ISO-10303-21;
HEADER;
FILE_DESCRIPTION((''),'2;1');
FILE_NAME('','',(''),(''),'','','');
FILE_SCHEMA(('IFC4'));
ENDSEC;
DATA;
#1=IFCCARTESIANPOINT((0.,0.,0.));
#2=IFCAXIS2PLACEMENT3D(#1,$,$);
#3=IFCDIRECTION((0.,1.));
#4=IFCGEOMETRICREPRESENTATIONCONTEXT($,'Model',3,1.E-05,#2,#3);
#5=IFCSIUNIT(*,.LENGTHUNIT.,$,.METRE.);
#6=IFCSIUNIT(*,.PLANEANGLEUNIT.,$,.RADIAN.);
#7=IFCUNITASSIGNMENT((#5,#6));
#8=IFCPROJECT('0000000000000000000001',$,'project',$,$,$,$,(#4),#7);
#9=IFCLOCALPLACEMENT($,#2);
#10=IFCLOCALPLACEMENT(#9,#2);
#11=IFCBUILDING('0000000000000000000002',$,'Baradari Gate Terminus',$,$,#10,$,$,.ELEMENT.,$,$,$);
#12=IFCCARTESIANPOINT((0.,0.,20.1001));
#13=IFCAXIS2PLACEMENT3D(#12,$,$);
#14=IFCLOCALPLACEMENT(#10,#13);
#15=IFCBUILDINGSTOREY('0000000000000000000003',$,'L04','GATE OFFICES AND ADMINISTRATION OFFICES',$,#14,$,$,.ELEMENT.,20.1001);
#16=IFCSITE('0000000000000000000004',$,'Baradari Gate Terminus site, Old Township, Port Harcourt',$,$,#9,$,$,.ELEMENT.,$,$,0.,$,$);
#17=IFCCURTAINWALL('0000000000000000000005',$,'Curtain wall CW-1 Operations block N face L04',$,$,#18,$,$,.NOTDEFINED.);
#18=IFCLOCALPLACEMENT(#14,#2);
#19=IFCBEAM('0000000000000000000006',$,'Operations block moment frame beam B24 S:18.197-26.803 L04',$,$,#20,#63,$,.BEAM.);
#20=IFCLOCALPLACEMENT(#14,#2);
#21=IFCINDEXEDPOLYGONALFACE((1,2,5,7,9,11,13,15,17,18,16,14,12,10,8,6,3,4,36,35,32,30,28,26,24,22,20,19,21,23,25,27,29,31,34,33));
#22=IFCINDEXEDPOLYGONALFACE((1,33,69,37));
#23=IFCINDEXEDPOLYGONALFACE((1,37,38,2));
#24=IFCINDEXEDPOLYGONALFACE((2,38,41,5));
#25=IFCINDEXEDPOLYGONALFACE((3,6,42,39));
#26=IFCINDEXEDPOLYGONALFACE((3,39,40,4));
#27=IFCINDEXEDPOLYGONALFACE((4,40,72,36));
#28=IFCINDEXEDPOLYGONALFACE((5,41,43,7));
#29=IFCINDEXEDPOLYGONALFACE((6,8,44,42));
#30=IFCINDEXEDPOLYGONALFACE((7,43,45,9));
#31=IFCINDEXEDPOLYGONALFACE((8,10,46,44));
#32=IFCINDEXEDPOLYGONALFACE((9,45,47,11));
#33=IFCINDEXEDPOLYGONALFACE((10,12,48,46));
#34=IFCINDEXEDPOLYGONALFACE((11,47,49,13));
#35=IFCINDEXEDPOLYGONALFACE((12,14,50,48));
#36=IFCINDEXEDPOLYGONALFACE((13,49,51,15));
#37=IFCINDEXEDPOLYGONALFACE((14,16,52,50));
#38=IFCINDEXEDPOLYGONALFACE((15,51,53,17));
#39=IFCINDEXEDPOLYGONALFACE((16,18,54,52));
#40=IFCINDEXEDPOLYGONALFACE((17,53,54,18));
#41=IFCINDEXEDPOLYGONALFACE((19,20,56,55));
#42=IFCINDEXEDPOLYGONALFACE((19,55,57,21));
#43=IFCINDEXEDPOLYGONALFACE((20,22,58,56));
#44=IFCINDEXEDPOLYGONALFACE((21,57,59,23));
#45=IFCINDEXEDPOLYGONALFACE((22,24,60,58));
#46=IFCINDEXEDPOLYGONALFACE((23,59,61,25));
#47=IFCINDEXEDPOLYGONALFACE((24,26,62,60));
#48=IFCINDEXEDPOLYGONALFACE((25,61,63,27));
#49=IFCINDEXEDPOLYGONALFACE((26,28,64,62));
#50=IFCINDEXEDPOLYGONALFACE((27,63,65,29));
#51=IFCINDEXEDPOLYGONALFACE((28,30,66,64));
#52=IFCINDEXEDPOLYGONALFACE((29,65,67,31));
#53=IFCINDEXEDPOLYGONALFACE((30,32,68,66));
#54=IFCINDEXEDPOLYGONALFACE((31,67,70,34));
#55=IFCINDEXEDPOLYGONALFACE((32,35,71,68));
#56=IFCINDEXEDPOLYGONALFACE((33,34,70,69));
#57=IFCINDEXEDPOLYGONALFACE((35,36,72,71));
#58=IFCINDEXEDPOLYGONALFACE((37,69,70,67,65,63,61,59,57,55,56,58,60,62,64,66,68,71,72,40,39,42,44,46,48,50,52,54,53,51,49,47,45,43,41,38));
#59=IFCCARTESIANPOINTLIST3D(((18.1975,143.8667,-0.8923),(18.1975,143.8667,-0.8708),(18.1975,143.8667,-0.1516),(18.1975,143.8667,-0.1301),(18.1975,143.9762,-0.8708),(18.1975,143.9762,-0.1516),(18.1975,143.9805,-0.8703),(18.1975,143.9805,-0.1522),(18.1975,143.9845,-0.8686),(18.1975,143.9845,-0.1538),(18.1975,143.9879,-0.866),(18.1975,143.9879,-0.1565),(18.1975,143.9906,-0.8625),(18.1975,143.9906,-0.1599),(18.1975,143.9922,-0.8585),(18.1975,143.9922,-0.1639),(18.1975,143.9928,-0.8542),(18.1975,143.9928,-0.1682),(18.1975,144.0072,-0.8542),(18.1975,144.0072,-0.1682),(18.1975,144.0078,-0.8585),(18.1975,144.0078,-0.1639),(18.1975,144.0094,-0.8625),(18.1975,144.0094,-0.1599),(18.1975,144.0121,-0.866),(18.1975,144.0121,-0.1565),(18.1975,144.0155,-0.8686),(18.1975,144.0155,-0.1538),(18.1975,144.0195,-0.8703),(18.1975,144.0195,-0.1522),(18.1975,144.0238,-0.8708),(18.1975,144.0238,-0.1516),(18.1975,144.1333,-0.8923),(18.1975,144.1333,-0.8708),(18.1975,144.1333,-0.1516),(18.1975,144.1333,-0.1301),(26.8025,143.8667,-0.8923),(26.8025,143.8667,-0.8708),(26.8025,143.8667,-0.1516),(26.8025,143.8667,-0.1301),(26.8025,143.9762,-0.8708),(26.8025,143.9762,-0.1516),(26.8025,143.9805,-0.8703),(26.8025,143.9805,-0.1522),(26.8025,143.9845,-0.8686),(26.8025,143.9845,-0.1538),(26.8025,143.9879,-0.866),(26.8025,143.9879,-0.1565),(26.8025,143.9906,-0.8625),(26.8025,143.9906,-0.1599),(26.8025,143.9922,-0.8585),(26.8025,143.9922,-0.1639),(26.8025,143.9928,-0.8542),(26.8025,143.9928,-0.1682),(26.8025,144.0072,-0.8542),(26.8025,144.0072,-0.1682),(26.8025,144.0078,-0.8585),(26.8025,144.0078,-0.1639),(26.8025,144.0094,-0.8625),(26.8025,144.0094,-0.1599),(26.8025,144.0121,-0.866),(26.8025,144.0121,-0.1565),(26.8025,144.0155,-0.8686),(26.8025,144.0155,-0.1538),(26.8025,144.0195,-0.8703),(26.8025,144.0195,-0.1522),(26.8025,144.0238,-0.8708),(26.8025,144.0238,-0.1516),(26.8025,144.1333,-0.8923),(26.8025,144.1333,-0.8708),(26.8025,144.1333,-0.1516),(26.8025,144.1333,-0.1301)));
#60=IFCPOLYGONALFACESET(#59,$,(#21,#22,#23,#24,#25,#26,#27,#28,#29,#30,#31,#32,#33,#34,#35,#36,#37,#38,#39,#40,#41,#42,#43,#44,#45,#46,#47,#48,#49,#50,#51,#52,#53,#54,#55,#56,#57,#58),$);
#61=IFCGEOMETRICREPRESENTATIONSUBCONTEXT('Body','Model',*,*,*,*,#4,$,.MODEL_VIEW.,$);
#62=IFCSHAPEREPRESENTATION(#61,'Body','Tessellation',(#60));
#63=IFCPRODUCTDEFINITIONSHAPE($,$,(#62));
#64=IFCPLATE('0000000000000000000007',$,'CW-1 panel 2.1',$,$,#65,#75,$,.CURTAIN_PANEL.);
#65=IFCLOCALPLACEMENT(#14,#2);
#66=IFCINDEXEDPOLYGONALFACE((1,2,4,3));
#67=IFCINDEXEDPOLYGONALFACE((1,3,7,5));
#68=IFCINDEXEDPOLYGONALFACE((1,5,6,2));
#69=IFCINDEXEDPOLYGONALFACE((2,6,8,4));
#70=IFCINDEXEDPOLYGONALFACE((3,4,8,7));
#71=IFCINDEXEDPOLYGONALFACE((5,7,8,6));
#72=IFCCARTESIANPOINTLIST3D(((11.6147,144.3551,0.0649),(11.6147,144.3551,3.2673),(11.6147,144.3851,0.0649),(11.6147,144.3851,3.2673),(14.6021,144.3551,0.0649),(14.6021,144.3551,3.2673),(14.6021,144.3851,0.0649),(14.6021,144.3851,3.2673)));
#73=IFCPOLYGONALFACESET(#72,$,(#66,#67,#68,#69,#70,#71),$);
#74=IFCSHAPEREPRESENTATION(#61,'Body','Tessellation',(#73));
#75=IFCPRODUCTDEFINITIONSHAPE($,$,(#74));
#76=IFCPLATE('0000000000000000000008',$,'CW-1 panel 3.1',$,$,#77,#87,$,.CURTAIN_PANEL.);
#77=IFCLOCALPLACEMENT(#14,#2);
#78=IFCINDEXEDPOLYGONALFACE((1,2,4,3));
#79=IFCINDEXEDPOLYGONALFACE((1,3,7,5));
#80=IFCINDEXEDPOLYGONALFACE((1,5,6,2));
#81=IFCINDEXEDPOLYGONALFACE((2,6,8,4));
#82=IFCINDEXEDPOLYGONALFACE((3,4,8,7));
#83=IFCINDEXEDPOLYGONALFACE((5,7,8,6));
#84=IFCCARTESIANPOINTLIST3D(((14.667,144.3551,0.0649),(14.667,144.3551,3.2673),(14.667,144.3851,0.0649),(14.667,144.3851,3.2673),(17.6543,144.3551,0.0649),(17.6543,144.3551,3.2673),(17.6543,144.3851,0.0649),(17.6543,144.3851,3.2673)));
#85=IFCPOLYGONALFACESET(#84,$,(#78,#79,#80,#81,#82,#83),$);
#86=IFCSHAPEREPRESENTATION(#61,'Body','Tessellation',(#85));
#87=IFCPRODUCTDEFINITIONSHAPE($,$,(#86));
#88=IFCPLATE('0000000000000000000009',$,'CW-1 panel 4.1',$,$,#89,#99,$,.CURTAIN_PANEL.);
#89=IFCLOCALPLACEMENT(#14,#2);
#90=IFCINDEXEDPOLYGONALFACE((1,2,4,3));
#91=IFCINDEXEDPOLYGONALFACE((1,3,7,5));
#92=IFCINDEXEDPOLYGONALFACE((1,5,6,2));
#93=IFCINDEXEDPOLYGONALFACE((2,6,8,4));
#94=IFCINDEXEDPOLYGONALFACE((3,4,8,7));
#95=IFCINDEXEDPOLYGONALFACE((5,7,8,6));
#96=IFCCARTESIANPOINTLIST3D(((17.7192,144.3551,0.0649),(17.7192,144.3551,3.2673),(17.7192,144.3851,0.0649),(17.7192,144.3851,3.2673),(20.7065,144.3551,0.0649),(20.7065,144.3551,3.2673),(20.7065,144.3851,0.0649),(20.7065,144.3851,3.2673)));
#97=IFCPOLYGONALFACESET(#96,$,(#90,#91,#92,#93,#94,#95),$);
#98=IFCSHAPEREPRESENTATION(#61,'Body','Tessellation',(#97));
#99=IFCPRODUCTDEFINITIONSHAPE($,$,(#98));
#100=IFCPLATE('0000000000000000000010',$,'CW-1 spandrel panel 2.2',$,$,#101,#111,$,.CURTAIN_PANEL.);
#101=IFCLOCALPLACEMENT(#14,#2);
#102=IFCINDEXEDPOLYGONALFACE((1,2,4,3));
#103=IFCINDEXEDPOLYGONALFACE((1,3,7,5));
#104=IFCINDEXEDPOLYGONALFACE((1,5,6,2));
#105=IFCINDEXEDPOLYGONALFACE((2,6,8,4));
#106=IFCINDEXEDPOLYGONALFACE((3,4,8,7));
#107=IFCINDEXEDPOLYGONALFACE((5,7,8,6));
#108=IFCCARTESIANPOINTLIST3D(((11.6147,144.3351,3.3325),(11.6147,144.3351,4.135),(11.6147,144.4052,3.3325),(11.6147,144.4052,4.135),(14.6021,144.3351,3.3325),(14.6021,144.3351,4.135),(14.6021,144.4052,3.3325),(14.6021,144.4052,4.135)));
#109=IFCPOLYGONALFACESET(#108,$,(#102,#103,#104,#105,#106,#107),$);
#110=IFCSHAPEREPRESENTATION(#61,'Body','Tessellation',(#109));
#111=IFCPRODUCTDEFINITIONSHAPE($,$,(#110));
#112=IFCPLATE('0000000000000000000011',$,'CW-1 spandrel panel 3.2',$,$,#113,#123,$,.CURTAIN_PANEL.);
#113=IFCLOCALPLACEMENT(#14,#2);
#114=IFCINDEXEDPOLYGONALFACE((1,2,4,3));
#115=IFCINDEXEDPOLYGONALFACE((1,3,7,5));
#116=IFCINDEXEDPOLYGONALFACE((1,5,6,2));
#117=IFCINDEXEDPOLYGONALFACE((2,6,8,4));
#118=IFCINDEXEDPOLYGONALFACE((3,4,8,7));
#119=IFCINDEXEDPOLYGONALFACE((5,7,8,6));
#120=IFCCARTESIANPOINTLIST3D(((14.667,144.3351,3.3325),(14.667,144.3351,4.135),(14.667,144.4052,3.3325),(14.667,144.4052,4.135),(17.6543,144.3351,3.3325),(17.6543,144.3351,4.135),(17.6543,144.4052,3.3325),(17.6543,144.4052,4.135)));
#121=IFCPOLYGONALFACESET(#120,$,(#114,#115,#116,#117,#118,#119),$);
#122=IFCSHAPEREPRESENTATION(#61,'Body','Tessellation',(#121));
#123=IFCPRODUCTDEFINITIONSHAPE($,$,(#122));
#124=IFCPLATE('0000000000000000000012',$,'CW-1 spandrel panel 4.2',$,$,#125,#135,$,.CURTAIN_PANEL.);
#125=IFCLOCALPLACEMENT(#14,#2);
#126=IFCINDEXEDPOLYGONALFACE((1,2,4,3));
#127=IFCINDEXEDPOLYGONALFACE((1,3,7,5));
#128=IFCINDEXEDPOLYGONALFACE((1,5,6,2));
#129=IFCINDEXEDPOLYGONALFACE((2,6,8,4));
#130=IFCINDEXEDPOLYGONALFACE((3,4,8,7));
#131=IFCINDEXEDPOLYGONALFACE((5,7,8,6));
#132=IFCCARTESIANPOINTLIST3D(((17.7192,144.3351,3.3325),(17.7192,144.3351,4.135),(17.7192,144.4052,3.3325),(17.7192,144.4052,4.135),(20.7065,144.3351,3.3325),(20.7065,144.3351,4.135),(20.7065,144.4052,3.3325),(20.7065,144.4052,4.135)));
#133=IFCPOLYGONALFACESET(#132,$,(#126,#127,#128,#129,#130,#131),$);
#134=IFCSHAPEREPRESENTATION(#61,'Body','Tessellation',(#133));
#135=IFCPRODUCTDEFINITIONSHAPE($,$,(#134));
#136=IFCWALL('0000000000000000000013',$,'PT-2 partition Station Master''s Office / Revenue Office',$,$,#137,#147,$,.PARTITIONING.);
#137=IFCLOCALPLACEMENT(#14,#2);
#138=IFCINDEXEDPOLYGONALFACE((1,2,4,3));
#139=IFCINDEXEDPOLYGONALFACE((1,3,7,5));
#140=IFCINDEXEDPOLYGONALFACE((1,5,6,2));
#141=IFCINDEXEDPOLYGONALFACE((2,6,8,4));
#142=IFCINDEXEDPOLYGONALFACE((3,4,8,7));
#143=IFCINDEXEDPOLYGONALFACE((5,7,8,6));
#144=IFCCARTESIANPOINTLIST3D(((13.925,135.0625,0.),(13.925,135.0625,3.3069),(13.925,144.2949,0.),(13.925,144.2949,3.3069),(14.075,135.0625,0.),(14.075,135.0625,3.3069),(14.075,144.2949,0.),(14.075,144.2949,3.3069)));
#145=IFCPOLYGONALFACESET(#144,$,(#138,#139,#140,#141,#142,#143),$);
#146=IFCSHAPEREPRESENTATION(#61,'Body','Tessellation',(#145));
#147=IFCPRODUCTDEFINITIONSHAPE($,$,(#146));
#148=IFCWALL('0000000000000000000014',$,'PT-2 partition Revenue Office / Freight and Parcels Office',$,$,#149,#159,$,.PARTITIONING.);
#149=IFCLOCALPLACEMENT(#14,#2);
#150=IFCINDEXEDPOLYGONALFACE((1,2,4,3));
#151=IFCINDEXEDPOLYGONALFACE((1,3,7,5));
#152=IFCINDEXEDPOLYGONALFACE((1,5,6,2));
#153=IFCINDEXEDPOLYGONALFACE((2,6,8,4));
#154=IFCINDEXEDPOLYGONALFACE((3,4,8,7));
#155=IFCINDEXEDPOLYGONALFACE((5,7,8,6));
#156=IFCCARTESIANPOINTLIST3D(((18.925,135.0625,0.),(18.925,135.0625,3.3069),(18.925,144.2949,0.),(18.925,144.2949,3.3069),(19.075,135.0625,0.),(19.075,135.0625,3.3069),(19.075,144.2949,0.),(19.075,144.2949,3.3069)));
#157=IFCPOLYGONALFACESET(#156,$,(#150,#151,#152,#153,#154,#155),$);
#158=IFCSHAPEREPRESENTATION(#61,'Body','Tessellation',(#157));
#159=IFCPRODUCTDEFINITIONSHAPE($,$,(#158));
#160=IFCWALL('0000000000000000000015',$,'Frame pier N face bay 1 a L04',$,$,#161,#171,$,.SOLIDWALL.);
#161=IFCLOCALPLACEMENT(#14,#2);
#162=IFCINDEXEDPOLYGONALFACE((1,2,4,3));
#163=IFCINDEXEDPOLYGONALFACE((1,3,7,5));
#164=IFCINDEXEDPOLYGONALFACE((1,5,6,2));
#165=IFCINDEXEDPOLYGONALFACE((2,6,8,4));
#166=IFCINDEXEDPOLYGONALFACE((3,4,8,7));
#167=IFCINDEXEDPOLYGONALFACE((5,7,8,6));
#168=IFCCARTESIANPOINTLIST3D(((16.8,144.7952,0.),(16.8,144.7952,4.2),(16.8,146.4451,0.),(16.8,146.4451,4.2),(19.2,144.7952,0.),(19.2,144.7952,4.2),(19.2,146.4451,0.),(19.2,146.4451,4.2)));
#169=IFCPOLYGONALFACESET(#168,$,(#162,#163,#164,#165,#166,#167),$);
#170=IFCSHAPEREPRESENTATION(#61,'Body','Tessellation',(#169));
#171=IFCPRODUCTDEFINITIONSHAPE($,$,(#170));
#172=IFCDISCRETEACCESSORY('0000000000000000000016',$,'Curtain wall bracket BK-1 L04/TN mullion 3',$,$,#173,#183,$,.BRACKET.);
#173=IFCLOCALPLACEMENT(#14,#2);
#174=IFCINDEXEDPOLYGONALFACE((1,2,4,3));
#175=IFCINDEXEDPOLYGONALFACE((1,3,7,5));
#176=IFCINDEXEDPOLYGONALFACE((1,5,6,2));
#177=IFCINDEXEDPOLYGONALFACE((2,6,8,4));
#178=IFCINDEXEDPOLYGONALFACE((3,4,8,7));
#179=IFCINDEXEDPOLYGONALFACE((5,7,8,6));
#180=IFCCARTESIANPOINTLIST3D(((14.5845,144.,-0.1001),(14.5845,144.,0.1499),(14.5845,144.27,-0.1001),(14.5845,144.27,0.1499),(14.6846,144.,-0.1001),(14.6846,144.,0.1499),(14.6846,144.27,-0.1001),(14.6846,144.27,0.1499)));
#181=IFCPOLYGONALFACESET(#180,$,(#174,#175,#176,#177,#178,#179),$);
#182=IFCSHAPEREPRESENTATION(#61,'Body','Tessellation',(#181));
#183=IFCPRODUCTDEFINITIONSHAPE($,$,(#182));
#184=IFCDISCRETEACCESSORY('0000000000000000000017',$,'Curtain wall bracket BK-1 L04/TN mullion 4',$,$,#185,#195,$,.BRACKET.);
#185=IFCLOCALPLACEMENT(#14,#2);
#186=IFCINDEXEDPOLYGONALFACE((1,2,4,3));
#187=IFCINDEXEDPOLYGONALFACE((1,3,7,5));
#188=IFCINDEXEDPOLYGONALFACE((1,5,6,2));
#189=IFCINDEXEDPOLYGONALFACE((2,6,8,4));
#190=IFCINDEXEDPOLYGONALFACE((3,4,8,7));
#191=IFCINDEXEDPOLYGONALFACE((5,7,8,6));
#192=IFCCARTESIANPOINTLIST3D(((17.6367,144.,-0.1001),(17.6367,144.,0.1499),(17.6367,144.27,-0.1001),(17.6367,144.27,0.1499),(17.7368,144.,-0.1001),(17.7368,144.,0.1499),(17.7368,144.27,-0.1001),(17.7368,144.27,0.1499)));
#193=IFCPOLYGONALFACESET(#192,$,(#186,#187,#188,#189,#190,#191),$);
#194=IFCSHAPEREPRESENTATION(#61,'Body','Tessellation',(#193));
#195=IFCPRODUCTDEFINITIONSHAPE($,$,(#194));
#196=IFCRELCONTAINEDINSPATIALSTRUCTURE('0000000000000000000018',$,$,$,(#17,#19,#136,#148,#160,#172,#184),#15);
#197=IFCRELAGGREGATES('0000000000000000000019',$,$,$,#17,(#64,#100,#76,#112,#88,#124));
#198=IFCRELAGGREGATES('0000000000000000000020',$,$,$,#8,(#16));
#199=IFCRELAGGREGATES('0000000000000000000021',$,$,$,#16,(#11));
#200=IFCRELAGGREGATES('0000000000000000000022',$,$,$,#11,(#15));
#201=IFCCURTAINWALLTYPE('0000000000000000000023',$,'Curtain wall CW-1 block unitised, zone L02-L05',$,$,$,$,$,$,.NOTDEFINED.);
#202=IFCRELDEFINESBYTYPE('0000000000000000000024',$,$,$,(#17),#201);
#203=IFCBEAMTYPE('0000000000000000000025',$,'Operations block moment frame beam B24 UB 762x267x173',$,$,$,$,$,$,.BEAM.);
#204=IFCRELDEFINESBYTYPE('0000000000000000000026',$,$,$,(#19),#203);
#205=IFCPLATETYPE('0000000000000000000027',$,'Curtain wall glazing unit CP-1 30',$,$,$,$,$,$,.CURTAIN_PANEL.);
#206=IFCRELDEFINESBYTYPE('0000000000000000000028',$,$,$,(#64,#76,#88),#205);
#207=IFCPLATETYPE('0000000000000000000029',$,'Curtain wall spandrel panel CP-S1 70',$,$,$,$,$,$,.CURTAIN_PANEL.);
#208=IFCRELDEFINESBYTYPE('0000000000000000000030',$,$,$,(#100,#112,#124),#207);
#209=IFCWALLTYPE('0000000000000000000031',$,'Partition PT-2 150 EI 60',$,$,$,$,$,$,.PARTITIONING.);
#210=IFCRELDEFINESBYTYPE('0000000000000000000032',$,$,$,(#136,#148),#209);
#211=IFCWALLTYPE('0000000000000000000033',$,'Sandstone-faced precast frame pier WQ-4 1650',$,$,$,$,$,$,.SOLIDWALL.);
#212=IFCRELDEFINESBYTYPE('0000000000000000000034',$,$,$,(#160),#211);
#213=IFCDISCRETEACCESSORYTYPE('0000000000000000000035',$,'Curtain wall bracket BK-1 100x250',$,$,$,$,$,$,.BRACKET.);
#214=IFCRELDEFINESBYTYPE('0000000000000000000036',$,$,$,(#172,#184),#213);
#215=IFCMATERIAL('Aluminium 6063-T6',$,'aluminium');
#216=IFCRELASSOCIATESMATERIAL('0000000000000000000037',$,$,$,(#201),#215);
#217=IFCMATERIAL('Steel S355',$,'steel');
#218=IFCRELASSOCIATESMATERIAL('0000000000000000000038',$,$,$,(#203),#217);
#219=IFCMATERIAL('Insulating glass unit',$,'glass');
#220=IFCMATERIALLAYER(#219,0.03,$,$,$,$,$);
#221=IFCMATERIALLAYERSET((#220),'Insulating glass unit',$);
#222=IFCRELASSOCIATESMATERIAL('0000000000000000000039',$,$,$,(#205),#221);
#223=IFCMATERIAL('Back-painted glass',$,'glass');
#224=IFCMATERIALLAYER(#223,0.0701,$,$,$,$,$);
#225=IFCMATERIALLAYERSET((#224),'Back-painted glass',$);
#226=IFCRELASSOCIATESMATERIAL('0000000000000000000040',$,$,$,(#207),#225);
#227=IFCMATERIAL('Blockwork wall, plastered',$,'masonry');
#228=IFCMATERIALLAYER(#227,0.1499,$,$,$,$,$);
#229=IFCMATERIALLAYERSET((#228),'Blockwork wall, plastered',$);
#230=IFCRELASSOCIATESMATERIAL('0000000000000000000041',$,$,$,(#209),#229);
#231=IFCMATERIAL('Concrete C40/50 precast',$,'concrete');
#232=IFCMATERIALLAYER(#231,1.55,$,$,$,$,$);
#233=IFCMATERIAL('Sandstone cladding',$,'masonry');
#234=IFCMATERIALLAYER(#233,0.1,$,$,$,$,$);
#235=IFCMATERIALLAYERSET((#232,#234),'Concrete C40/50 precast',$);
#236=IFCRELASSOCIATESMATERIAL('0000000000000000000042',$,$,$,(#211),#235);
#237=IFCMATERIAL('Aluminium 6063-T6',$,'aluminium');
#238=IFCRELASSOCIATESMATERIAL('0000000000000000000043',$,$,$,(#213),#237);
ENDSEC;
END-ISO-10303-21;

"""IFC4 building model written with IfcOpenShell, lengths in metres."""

from ifc_helpers import new_model, si_unit, direction, frame, frame_2d, origin, origin_2d, place, context, subcontext, project, spatial, rectangle, i_section, extrude, material, layer, layer_set, material_profile, profile_set, type_object, element, aggregate, save


model = new_model("IFC4")

# Units and contexts
model_context = context("Model", 3, precision=1e-05, world=origin(), true_north=direction((0.0, 1.0)))
body_context = subcontext(model_context, "Body", "Model", "MODEL_VIEW")
ifc_project = project(units=[si_unit("LENGTHUNIT", "METRE"), si_unit("PLANEANGLEUNIT", "RADIAN")], contexts=[model_context])

# Site, building, storey
site_placement = place(None, origin())
site = spatial("IfcSite", under=ifc_project, at=site_placement, Name="Baradari Gate Terminus site, Old Township, Port Harcourt", CompositionType="ELEMENT", RefElevation=0.0)
building_placement = place(site_placement, origin())
building = spatial("IfcBuilding", under=site, at=building_placement, Name="Baradari Gate Terminus", CompositionType="ELEMENT")
storey_placement = place(building_placement, frame((0.0, 0.0, 20.1001)))
storey = spatial("IfcBuildingStorey", under=building, at=storey_placement, Name="L04", Description="GATE OFFICES AND ADMINISTRATION OFFICES", CompositionType="ELEMENT", Elevation=20.1001)

# Curtain wall
ifc_material_1 = material(Name="Aluminium 6063-T6", Category="aluminium")
curtain_wall_type = type_object("IfcCurtainWallType", Name="Curtain wall CW-1 block unitised, zone L02-L05", PredefinedType="NOTDEFINED", material=ifc_material_1)
curtain_wall_placement = place(storey_placement, origin())
curtain_wall = element("IfcCurtainWall", 1, at=curtain_wall_placement, inside=storey, type_object=curtain_wall_type, Name="Curtain wall CW-1 Operations block N face L04", PredefinedType="NOTDEFINED")

# Beam
ifc_material_2 = material(Name="Steel S355", Category="steel")
ifc_material_profile_1 = material_profile(ifc_material_2, i_section(OverallWidth=0.2666, OverallDepth=0.7622, WebThickness=0.0144, FlangeThickness=0.0215, FilletRadius=0.0166, at=origin_2d()), Name="UB 762x267x173")
ifc_profile_set_1 = profile_set([ifc_material_profile_1], Name="Steel S355")
beam_type = type_object("IfcBeamType", Name="Operations block moment frame beam B24 UB 762x267x173", PredefinedType="BEAM", material=ifc_profile_set_1)
beam_placement = place(storey_placement, frame((18.1975, 144.0, -0.5112), z_axis=(1.0, 0.0, 0.0), x_axis=(0.0, 1.0, 0.0)))
element("IfcBeam", 2, at=beam_placement, inside=storey, type_object=beam_type, Name="Operations block moment frame beam B24 S:18.197-26.803 L04", PredefinedType="BEAM", context=body_context, shape_type="SweptSolid", body=[
    extrude(i_section(OverallWidth=0.2666, OverallDepth=0.7622, WebThickness=0.0144, FlangeThickness=0.0215, FilletRadius=0.0166, at=origin_2d()), origin(), (0.0, 0.0, 1.0), 8.605),
])

# Plates
ifc_material_3 = material(Name="Insulating glass unit", Category="glass")
ifc_layer_1 = layer(ifc_material_3, 0.03)
ifc_layer_set_1 = layer_set([ifc_layer_1], Name="Insulating glass unit")
plate_type_1 = type_object("IfcPlateType", Name="Curtain wall glazing unit CP-1 30", PredefinedType="CURTAIN_PANEL", material=ifc_layer_set_1)
plate_1_placement = place(storey_placement, frame((13.1084, 144.3701, 0.0649), z_axis=(0.0, 0.0, 1.0), x_axis=(1.0, 0.0, 0.0)))
plate_1 = element("IfcPlate", 3, at=plate_1_placement, type_object=plate_type_1, Name="CW-1 panel 2.1", PredefinedType="CURTAIN_PANEL", context=body_context, shape_type="SweptSolid", body=[
    extrude(rectangle(XDim=2.9873, YDim=0.03, at=origin_2d()), origin(), (0.0, 0.0, 1.0), 3.2024),
])
plate_2_placement = place(storey_placement, frame((16.1606, 144.3701, 0.0649), z_axis=(0.0, 0.0, 1.0), x_axis=(1.0, 0.0, 0.0)))
plate_2 = element("IfcPlate", 4, at=plate_2_placement, type_object=plate_type_1, Name="CW-1 panel 3.1", PredefinedType="CURTAIN_PANEL", context=body_context, shape_type="SweptSolid", body=[
    extrude(rectangle(XDim=2.9873, YDim=0.03, at=origin_2d()), origin(), (0.0, 0.0, 1.0), 3.2024),
])
plate_3_placement = place(storey_placement, frame((19.2129, 144.3701, 0.0649), z_axis=(0.0, 0.0, 1.0), x_axis=(1.0, 0.0, 0.0)))
plate_3 = element("IfcPlate", 5, at=plate_3_placement, type_object=plate_type_1, Name="CW-1 panel 4.1", PredefinedType="CURTAIN_PANEL", context=body_context, shape_type="SweptSolid", body=[
    extrude(rectangle(XDim=2.9873, YDim=0.03, at=origin_2d()), origin(), (0.0, 0.0, 1.0), 3.2024),
])
ifc_material_4 = material(Name="Back-painted glass", Category="glass")
ifc_layer_2 = layer(ifc_material_4, 0.0701)
ifc_layer_set_2 = layer_set([ifc_layer_2], Name="Back-painted glass")
plate_type_2 = type_object("IfcPlateType", Name="Curtain wall spandrel panel CP-S1 70", PredefinedType="CURTAIN_PANEL", material=ifc_layer_set_2)
plate_4_placement = place(storey_placement, frame((13.1084, 144.3701, 3.3325), z_axis=(0.0, 0.0, 1.0), x_axis=(1.0, 0.0, 0.0)))
plate_4 = element("IfcPlate", 6, at=plate_4_placement, type_object=plate_type_2, Name="CW-1 spandrel panel 2.2", PredefinedType="CURTAIN_PANEL", context=body_context, shape_type="SweptSolid", body=[
    extrude(rectangle(XDim=2.9873, YDim=0.0701, at=origin_2d()), origin(), (0.0, 0.0, 1.0), 0.8025),
])
plate_5_placement = place(storey_placement, frame((16.1606, 144.3701, 3.3325), z_axis=(0.0, 0.0, 1.0), x_axis=(1.0, 0.0, 0.0)))
plate_5 = element("IfcPlate", 7, at=plate_5_placement, type_object=plate_type_2, Name="CW-1 spandrel panel 3.2", PredefinedType="CURTAIN_PANEL", context=body_context, shape_type="SweptSolid", body=[
    extrude(rectangle(XDim=2.9873, YDim=0.0701, at=origin_2d()), origin(), (0.0, 0.0, 1.0), 0.8025),
])
plate_6_placement = place(storey_placement, frame((19.2129, 144.3701, 3.3325), z_axis=(0.0, 0.0, 1.0), x_axis=(1.0, 0.0, 0.0)))
plate_6 = element("IfcPlate", 8, at=plate_6_placement, type_object=plate_type_2, Name="CW-1 spandrel panel 4.2", PredefinedType="CURTAIN_PANEL", context=body_context, shape_type="SweptSolid", body=[
    extrude(rectangle(XDim=2.9873, YDim=0.0701, at=origin_2d()), origin(), (0.0, 0.0, 1.0), 0.8025),
])
aggregate(curtain_wall, [plate_1, plate_4, plate_2, plate_5, plate_3, plate_6])

# Walls
ifc_material_5 = material(Name="Blockwork wall, plastered", Category="masonry")
ifc_layer_3 = layer(ifc_material_5, 0.1499)
ifc_layer_set_3 = layer_set([ifc_layer_3], Name="Blockwork wall, plastered")
wall_type_1 = type_object("IfcWallType", Name="Partition PT-2 150 EI 60", PredefinedType="PARTITIONING", material=ifc_layer_set_3)
for number, where, z_axis, x_axis, name in (
    (9, (14.0, 144.2949, 0.0), (0.0, 0.0, 1.0), (0.0, -1.0, 0.0), "PT-2 partition Station Master's Office / Revenue Office"),
    (10, (19.0, 144.2949, 0.0), (0.0, 0.0, 1.0), (0.0, -1.0, 0.0), "PT-2 partition Revenue Office / Freight and Parcels Office"),
):
    element("IfcWall", number, at=place(storey_placement, frame(where, z_axis=z_axis, x_axis=x_axis)), inside=storey, type_object=wall_type_1, Name=name, PredefinedType="PARTITIONING", context=body_context, shape_type="SweptSolid", body=[
        extrude(rectangle(XDim=9.2324, YDim=0.1499, at=frame_2d((4.6162, 0.0))), origin(), (0.0, 0.0, 1.0), 3.3069),
    ])
ifc_material_6 = material(Name="Concrete C40/50 precast", Category="concrete")
ifc_layer_4 = layer(ifc_material_6, 1.55)
ifc_material_7 = material(Name="Sandstone cladding", Category="masonry")
ifc_layer_5 = layer(ifc_material_7, 0.1)
ifc_layer_set_4 = layer_set([ifc_layer_4, ifc_layer_5], Name="Concrete C40/50 precast")
wall_type_2 = type_object("IfcWallType", Name="Sandstone-faced precast frame pier WQ-4 1650", PredefinedType="SOLIDWALL", material=ifc_layer_set_4)
wall_placement = place(storey_placement, frame((16.8, 145.6201, 0.0), z_axis=(0.0, 0.0, 1.0), x_axis=(1.0, 0.0, 0.0)))
element("IfcWall", 11, at=wall_placement, inside=storey, type_object=wall_type_2, Name="Frame pier N face bay 1 a L04", PredefinedType="SOLIDWALL", context=body_context, shape_type="SweptSolid", body=[
    extrude(rectangle(XDim=2.3999, YDim=1.6499, at=frame_2d((1.2, 0.0))), origin(), (0.0, 0.0, 1.0), 4.2),
])

# Discrete accessories
ifc_material_8 = material(Name="Aluminium 6063-T6", Category="aluminium")
discrete_accessory_type = type_object("IfcDiscreteAccessoryType", Name="Curtain wall bracket BK-1 100x250", PredefinedType="BRACKET", material=ifc_material_8)
for number, where, z_axis, x_axis, name in (
    (12, (14.6345, 144.135, -0.1001), (0.0, 0.0, 1.0), (0.0, 1.0, 0.0), "Curtain wall bracket BK-1 L04/TN mullion 3"),
    (13, (17.6868, 144.135, -0.1001), (0.0, 0.0, 1.0), (0.0, 1.0, 0.0), "Curtain wall bracket BK-1 L04/TN mullion 4"),
):
    element("IfcDiscreteAccessory", number, at=place(storey_placement, frame(where, z_axis=z_axis, x_axis=x_axis)), inside=storey, type_object=discrete_accessory_type, Name=name, PredefinedType="BRACKET", context=body_context, shape_type="SweptSolid", body=[
        extrude(rectangle(XDim=0.27, YDim=0.1001, at=origin_2d()), origin(), (0.0, 0.0, 1.0), 0.25),
    ])

save(model, "model.ifc")
